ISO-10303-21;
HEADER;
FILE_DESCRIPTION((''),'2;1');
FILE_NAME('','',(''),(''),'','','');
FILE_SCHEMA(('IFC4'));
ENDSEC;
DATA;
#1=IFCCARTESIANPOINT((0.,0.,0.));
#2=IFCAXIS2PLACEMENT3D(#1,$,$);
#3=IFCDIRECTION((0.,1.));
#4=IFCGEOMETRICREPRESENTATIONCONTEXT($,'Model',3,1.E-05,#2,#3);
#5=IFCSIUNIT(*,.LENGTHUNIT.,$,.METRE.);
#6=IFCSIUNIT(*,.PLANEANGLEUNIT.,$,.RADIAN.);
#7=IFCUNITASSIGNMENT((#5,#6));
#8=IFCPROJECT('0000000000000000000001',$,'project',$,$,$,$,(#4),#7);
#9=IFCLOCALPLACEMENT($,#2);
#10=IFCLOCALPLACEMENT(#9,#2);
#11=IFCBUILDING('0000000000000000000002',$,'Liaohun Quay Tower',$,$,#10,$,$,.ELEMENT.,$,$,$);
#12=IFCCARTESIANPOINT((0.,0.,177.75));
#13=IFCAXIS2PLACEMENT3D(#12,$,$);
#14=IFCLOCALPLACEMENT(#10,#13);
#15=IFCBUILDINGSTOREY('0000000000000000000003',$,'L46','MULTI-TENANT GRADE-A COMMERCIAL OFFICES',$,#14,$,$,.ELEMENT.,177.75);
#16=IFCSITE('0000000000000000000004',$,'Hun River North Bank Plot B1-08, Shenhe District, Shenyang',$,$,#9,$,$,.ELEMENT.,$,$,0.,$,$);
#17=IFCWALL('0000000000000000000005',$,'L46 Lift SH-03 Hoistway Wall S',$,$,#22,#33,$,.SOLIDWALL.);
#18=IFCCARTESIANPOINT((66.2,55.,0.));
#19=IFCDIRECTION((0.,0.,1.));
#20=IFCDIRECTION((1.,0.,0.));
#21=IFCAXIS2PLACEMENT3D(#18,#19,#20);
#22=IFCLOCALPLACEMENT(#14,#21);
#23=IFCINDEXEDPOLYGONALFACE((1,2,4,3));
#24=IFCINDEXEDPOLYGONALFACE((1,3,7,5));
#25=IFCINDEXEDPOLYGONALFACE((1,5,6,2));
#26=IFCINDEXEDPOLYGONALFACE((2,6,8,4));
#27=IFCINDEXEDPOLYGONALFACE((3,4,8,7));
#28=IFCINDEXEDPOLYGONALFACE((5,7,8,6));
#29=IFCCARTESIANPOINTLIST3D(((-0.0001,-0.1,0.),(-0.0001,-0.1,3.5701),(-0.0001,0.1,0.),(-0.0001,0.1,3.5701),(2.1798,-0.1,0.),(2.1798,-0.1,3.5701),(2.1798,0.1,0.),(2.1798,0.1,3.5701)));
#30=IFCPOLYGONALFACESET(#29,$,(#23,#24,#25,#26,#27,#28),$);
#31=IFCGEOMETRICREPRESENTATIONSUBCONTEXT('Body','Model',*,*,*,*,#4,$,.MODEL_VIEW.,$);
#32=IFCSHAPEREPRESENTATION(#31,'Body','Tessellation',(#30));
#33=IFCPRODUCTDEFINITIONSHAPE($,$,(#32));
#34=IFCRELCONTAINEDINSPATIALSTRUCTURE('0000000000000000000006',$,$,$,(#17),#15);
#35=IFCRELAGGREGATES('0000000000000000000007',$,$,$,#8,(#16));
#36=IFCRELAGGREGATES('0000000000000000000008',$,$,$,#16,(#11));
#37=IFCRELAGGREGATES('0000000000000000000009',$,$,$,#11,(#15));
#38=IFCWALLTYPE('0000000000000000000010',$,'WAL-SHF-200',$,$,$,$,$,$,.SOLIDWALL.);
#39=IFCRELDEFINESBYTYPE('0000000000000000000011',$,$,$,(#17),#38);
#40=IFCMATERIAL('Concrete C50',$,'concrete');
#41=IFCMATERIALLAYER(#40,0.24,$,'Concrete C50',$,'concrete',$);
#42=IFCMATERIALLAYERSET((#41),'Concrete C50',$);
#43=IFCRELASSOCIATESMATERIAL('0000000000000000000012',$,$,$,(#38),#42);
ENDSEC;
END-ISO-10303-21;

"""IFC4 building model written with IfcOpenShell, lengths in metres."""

from ifc_helpers import new_model, si_unit, direction, frame, frame_2d, origin, place, context, subcontext, project, spatial, rectangle, extrude, material, layer, layer_set, type_object, element, save


model = new_model("IFC4")

# Units and contexts
model_context = context("Model", 3, precision=1e-05, world=origin(), true_north=direction((0.0, 1.0)))
body_context = subcontext(model_context, "Body", "Model", "MODEL_VIEW")
ifc_project = project(units=[si_unit("LENGTHUNIT", "METRE"), si_unit("PLANEANGLEUNIT", "RADIAN")], contexts=[model_context])

# Site, building, storey
site_placement = place(None, origin())
site = spatial("IfcSite", under=ifc_project, at=site_placement, Name="Hun River North Bank Plot B1-08, Shenhe District, Shenyang", CompositionType="ELEMENT", RefElevation=0.0)
building_placement = place(site_placement, origin())
building = spatial("IfcBuilding", under=site, at=building_placement, Name="Liaohun Quay Tower", CompositionType="ELEMENT")
storey_placement = place(building_placement, frame((0.0, 0.0, 177.75)))
storey = spatial("IfcBuildingStorey", under=building, at=storey_placement, Name="L46", Description="MULTI-TENANT GRADE-A COMMERCIAL OFFICES", CompositionType="ELEMENT", Elevation=177.75)

# Shared definitions
ifc_material_1 = material(Name="Concrete C50", Category="concrete")
ifc_layer_1 = layer(ifc_material_1, 0.24, Name="Concrete C50", Category="concrete")
ifc_layer_set_1 = layer_set([ifc_layer_1], Name="Concrete C50")
wall_type_1 = type_object("IfcWallType", Name="WAL-SHF-200", PredefinedType="SOLIDWALL", material=ifc_layer_set_1)

# Wall
wall_1_placement = place(storey_placement, frame((66.2, 55.0, 0.0), z_axis=(0.0, 0.0, 1.0), x_axis=(1.0, 0.0, 0.0)))
element("IfcWall", 1, at=wall_1_placement, inside=storey, type_object=wall_type_1, Name="L46 Lift SH-03 Hoistway Wall S", PredefinedType="SOLIDWALL", context=body_context, shape_type="SweptSolid", body=[
    extrude(rectangle(XDim=2.1799, YDim=0.2, at=frame_2d((1.0898, 0.0))), origin(), (0.0, 0.0, 1.0), 3.5701),
])

save(model, "model.ifc")
